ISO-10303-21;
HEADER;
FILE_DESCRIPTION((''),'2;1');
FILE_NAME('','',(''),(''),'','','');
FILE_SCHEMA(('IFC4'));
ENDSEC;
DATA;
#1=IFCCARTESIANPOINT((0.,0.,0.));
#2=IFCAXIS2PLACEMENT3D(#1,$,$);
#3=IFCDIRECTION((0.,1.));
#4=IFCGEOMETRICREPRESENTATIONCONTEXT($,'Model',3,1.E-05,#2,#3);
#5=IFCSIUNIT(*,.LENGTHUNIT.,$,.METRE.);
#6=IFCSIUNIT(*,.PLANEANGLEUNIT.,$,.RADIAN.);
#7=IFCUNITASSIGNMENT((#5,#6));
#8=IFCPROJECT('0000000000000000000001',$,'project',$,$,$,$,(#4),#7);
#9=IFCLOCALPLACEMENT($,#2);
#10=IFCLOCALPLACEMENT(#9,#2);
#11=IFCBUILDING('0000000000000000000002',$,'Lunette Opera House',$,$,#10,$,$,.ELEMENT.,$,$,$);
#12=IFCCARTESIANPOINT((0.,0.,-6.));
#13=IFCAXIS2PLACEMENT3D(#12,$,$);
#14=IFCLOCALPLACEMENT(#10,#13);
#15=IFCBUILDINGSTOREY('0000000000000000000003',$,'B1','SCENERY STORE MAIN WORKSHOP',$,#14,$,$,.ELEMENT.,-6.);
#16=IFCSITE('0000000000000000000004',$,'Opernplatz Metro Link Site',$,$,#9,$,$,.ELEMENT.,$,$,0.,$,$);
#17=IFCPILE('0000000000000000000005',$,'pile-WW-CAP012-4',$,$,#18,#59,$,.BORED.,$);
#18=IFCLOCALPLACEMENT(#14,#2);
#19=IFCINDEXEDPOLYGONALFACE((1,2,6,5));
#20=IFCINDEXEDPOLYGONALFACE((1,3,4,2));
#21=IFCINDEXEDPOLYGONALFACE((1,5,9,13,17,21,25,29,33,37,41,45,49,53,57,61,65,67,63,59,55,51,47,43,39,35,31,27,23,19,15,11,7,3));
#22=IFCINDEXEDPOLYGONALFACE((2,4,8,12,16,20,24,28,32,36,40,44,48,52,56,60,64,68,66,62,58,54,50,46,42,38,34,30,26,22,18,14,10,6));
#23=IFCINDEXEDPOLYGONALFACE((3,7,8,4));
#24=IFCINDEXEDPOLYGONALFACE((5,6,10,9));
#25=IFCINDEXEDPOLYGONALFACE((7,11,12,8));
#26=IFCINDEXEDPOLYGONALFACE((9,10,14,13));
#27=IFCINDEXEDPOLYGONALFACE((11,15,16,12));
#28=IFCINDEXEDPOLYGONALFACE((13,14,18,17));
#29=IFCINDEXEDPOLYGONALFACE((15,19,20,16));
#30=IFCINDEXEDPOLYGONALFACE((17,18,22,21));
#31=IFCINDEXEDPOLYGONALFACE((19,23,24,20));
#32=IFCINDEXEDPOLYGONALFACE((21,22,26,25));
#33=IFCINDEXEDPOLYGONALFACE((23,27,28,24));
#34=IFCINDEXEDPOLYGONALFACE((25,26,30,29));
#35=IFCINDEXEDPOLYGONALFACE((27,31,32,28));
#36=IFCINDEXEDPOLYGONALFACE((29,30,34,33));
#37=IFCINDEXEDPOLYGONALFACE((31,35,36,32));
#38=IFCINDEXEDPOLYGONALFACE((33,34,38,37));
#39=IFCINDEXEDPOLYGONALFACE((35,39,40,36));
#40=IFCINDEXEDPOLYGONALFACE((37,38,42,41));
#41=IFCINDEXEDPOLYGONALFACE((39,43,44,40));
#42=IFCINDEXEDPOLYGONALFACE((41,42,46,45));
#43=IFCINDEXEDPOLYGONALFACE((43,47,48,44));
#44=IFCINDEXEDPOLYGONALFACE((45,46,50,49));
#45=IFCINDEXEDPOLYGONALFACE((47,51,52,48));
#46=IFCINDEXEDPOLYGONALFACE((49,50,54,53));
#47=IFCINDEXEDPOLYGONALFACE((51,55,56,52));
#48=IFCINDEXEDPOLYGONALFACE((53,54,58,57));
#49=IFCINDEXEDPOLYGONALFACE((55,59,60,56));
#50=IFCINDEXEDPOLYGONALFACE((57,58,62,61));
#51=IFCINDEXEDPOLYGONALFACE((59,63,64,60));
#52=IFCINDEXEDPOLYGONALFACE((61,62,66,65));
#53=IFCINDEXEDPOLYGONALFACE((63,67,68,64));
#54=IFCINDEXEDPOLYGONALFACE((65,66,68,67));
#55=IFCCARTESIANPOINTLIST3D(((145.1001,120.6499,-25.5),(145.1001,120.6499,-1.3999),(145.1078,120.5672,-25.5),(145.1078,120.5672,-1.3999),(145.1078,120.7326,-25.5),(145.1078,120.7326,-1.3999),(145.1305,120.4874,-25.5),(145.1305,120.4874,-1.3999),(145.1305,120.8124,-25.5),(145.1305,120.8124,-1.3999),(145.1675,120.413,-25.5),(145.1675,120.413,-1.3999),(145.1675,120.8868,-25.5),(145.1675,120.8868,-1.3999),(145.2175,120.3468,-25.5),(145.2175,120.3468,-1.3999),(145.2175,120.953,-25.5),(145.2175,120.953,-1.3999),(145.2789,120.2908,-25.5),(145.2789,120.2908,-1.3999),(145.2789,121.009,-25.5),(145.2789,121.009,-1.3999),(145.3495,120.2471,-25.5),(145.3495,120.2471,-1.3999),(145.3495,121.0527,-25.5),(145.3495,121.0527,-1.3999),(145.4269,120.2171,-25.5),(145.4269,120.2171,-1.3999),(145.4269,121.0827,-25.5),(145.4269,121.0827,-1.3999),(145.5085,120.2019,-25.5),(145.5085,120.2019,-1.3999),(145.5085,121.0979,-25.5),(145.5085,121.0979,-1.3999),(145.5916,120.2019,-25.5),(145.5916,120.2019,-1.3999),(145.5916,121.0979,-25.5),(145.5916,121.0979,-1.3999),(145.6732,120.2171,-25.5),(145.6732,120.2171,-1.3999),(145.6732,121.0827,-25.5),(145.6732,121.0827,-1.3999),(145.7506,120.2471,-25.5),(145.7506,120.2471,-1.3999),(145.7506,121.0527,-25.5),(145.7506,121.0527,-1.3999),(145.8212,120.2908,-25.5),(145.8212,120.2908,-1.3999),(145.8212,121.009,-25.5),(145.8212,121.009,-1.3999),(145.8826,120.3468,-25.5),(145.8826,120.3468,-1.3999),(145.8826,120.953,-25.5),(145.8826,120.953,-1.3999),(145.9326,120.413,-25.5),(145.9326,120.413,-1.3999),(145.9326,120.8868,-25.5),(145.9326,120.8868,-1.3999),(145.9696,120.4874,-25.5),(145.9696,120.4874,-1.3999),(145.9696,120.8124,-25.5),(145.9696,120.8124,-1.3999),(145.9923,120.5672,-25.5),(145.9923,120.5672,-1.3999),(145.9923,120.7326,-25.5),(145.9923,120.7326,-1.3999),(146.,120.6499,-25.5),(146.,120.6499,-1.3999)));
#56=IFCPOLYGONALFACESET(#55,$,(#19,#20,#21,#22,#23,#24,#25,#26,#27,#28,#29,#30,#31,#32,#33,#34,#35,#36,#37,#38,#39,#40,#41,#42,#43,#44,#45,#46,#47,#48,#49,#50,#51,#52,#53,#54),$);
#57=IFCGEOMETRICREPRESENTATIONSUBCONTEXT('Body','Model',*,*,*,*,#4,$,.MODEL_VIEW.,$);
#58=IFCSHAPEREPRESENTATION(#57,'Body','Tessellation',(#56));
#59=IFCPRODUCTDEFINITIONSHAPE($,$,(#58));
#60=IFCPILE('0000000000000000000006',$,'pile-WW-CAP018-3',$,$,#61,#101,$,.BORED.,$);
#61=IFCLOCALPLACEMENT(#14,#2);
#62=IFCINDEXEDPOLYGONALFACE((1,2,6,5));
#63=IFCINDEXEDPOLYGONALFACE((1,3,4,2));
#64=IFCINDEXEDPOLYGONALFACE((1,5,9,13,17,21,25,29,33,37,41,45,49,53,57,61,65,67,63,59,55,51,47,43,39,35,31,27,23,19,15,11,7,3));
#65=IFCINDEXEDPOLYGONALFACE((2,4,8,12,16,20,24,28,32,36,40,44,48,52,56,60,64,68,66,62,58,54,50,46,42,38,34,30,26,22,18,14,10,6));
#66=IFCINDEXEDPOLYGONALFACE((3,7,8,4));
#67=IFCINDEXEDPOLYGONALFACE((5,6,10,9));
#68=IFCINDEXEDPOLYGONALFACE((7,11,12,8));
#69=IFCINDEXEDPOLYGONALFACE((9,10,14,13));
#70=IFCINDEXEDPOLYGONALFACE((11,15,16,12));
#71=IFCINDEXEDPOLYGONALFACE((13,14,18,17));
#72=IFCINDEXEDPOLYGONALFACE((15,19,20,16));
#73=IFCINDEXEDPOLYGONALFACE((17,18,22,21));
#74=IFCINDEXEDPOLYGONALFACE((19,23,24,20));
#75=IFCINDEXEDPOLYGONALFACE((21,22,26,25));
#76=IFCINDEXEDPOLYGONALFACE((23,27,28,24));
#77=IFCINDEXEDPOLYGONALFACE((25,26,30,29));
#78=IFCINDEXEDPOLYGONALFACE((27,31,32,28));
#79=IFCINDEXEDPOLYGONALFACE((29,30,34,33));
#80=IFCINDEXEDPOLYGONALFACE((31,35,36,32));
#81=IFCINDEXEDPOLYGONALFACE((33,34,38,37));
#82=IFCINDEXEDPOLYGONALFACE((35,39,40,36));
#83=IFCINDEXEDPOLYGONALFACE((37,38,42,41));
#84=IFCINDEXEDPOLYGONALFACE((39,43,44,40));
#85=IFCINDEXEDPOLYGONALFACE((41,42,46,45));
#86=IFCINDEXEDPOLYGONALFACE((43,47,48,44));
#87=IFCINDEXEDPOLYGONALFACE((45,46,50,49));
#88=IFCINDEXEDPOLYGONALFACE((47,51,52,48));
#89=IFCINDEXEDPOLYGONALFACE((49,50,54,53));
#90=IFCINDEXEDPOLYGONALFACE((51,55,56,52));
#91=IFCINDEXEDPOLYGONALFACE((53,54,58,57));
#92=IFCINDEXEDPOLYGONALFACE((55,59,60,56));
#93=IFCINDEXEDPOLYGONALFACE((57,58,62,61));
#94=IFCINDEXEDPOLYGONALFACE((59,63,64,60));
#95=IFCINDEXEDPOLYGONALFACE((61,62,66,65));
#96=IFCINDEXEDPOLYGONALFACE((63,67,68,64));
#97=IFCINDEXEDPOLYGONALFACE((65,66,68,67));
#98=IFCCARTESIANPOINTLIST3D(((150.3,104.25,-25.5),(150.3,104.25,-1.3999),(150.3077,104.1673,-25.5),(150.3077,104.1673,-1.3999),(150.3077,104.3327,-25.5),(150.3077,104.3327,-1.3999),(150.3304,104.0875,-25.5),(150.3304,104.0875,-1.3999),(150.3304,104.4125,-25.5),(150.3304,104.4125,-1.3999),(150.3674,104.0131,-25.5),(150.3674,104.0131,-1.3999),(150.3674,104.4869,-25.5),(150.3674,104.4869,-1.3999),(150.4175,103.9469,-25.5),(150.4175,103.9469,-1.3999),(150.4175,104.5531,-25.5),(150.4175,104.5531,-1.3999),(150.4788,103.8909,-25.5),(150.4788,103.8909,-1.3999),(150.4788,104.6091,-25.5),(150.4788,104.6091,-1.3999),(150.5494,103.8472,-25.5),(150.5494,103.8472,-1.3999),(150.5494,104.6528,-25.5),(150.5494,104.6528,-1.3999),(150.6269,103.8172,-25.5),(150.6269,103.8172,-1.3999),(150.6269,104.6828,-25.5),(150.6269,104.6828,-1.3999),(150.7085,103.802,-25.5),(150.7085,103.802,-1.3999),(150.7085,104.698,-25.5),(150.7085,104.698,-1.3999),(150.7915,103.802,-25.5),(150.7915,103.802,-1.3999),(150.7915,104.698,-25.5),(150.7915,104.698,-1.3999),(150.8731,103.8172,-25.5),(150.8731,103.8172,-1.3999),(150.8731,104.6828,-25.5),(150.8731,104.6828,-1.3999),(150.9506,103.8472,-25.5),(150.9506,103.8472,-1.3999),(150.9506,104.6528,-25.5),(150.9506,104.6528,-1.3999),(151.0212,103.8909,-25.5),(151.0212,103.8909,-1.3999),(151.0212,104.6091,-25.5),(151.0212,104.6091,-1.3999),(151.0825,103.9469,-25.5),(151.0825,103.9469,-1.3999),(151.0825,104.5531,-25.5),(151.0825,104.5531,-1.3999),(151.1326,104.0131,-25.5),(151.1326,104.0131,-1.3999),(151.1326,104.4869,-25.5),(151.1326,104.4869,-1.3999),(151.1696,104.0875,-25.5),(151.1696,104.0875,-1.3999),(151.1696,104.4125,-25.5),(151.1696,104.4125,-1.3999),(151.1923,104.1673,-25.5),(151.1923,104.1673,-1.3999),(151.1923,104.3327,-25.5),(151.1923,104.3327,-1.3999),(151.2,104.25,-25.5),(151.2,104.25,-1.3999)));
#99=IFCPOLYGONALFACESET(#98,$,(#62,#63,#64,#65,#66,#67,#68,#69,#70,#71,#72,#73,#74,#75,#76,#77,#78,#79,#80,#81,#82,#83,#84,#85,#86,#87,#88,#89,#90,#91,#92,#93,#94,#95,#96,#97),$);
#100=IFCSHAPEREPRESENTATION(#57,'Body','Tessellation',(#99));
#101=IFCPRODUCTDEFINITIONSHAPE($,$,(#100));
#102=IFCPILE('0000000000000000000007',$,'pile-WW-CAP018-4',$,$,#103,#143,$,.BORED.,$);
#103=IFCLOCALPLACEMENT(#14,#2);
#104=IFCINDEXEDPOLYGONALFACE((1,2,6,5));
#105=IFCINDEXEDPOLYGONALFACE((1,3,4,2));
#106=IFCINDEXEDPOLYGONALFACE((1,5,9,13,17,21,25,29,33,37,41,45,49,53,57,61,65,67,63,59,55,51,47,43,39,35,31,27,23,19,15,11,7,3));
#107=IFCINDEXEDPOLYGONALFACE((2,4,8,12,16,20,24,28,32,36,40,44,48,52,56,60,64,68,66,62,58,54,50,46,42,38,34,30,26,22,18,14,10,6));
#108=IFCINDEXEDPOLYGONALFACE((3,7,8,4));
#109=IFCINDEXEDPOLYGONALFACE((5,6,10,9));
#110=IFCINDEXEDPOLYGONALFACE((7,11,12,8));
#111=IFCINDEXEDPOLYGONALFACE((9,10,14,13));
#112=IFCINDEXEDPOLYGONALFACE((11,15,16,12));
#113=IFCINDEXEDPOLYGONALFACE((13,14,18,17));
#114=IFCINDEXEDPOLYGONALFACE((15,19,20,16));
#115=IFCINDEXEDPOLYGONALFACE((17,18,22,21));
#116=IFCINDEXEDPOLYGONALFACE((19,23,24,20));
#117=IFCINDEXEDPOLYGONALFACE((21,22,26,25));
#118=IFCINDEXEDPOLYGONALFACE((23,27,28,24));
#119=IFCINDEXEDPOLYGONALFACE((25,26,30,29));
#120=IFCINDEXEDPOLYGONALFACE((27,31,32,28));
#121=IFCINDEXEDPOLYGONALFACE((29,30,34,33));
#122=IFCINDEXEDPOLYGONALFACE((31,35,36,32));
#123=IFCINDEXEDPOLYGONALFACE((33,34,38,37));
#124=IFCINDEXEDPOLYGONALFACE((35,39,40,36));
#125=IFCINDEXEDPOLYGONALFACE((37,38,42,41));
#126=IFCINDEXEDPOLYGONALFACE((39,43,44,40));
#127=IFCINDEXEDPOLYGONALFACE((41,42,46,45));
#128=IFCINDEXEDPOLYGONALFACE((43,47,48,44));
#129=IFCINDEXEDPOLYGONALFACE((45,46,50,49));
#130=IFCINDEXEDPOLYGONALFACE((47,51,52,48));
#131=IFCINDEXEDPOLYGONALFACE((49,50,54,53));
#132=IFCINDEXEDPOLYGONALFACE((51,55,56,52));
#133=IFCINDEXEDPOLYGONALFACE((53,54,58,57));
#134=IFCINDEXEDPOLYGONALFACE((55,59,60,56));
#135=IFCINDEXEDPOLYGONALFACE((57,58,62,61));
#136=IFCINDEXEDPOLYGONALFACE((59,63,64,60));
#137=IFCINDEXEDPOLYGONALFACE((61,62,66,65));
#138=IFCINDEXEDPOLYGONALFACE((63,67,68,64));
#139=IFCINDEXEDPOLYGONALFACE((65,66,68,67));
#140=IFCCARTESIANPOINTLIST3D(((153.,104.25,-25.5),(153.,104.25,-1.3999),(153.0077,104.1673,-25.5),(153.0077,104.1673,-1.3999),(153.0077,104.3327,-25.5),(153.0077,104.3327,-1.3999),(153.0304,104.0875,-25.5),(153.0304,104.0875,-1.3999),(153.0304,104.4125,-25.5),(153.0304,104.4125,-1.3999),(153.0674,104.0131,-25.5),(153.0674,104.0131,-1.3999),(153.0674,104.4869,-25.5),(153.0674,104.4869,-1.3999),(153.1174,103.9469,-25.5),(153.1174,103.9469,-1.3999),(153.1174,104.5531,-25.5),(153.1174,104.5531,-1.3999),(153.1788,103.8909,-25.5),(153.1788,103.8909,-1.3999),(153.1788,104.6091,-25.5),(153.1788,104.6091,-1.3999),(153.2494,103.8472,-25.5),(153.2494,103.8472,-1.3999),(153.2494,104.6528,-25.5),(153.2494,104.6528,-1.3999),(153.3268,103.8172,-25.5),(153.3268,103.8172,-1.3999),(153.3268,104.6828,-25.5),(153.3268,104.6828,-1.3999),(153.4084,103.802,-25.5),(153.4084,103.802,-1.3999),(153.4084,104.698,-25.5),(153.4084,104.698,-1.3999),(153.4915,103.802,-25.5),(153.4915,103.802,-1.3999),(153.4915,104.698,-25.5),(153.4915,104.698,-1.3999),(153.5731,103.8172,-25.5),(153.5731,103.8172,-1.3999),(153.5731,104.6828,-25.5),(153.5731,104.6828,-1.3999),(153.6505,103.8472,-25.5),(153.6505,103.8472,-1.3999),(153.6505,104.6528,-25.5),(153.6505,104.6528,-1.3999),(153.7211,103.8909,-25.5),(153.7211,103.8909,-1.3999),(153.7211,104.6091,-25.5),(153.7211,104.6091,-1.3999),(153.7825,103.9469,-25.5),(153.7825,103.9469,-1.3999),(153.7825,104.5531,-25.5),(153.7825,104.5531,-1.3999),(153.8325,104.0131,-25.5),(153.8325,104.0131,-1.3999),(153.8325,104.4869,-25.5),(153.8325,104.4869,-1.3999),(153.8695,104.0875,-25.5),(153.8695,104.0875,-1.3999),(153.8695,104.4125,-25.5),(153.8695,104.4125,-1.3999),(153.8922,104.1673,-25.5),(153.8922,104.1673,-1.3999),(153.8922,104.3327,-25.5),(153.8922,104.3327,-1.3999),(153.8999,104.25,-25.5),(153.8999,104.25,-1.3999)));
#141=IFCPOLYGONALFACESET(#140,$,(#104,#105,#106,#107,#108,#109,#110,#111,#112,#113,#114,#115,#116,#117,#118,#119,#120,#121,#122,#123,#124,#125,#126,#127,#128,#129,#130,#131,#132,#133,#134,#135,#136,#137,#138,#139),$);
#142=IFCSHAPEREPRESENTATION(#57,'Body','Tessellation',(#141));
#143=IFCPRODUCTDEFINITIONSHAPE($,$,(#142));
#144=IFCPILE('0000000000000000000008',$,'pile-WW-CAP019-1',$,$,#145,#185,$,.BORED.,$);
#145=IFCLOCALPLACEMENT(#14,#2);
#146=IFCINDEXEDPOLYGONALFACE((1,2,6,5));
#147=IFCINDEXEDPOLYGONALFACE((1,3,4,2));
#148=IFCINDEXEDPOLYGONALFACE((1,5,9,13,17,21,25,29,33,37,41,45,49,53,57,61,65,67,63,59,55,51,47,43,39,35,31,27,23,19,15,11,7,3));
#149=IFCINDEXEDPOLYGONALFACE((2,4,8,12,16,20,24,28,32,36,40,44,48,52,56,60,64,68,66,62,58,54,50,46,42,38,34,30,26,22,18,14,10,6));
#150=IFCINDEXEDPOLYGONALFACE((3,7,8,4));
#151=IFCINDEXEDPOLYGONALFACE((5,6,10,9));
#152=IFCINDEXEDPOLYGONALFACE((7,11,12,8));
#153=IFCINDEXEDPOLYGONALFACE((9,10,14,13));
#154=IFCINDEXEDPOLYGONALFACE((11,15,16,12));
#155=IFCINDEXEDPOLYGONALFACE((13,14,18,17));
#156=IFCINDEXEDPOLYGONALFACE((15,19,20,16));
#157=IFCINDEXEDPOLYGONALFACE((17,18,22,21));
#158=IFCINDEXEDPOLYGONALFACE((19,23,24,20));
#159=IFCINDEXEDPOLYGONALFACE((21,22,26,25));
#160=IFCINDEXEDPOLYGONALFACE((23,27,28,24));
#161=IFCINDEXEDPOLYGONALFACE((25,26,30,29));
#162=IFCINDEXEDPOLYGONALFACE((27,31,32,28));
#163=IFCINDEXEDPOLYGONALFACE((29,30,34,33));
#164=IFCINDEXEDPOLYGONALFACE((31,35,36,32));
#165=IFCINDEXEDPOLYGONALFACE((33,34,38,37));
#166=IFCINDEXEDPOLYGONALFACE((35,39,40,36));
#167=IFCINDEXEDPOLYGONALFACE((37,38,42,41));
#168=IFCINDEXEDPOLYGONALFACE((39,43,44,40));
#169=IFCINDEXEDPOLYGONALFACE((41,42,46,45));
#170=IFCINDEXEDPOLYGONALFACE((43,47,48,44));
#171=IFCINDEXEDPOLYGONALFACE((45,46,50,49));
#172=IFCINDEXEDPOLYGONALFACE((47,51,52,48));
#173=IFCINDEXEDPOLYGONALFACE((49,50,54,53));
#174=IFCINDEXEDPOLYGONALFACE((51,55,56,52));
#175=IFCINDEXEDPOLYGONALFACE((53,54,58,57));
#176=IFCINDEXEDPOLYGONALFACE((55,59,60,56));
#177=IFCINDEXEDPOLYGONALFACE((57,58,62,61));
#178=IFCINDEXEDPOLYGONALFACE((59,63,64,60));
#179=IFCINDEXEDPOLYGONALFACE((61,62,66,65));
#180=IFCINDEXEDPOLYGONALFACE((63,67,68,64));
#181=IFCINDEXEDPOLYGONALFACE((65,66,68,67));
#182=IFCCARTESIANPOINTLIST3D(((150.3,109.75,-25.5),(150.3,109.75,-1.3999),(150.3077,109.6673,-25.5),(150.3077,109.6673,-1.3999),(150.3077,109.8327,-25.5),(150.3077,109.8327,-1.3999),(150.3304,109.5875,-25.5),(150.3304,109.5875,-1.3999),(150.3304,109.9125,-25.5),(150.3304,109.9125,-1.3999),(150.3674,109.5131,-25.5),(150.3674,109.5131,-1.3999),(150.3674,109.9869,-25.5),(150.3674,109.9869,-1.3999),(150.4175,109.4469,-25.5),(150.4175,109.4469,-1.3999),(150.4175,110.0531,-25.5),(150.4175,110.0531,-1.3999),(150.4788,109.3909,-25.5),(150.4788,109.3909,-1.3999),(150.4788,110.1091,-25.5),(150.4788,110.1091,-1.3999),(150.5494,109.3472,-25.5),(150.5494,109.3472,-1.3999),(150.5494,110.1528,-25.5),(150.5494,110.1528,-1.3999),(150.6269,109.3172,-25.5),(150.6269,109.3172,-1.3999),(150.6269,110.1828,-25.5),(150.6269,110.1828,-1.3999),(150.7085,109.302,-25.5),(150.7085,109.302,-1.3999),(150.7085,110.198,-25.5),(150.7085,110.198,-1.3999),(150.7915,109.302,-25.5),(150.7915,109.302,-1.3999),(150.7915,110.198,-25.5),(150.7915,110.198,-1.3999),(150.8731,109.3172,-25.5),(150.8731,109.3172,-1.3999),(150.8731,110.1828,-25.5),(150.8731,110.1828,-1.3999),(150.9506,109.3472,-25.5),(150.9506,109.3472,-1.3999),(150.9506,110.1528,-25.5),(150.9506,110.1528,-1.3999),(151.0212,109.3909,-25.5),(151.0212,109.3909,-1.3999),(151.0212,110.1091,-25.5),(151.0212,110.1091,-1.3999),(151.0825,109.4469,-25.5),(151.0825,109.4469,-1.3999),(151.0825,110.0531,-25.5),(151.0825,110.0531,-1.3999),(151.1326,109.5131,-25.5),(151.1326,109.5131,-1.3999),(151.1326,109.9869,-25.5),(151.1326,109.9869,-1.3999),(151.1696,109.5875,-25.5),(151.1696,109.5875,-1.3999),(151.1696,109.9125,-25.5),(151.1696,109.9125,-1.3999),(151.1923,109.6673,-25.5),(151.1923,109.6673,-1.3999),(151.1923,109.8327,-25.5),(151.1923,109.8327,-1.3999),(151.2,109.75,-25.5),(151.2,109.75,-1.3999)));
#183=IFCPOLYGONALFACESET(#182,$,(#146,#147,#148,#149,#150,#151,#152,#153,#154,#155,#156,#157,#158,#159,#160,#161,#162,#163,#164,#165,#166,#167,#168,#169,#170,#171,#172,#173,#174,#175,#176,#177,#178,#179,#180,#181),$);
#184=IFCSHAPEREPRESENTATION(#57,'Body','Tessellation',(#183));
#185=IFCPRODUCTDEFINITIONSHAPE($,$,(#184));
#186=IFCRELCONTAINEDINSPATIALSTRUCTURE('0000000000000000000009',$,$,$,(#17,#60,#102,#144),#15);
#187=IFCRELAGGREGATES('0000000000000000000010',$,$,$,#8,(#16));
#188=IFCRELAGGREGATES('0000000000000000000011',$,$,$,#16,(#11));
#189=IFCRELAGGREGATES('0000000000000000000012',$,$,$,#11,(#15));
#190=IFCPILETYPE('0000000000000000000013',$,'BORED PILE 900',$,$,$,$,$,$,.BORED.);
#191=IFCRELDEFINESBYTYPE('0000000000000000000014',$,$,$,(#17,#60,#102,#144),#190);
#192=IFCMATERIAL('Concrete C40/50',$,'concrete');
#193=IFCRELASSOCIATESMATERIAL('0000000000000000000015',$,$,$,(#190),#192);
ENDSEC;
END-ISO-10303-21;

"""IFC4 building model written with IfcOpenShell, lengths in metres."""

from ifc_helpers import new_model, si_unit, direction, frame, origin, origin_2d, place, context, subcontext, project, spatial, circle, extrude, material, material_profile, profile_set, type_object, element, save


model = new_model("IFC4")

# Units and contexts
model_context = context("Model", 3, precision=1e-05, world=origin(), true_north=direction((0.0, 1.0)))
body_context = subcontext(model_context, "Body", "Model", "MODEL_VIEW")
ifc_project = project(units=[si_unit("LENGTHUNIT", "METRE"), si_unit("PLANEANGLEUNIT", "RADIAN")], contexts=[model_context])

# Site, building, storey
site_placement = place(None, origin())
site = spatial("IfcSite", under=ifc_project, at=site_placement, Name="Opernplatz Metro Link Site", CompositionType="ELEMENT", RefElevation=0.0)
building_placement = place(site_placement, origin())
building = spatial("IfcBuilding", under=site, at=building_placement, Name="Lunette Opera House", CompositionType="ELEMENT")
storey_placement = place(building_placement, frame((0.0, 0.0, -6.0)))
storey = spatial("IfcBuildingStorey", under=building, at=storey_placement, Name="B1", Description="SCENERY STORE MAIN WORKSHOP", CompositionType="ELEMENT", Elevation=-6.0)

# Piles
ifc_material_1 = material(Name="Concrete C40/50", Category="concrete")
ifc_material_profile_1 = material_profile(ifc_material_1, circle(Radius=0.45, at=origin_2d()), Name="BORED PILE 900")
ifc_profile_set_1 = profile_set([ifc_material_profile_1], Name="Concrete C40/50")
pile_type = type_object("IfcPileType", Name="BORED PILE 900", PredefinedType="BORED", material=ifc_profile_set_1)
for number, where, z_axis, x_axis, name in (
    (1, (145.55, 120.6499, -1.3999), (0.0, 0.0, -1.0), (1.0, 0.0, 0.0), "pile-WW-CAP012-4"),
    (2, (150.75, 104.25, -1.3999), (0.0, 0.0, -1.0), (1.0, 0.0, 0.0), "pile-WW-CAP018-3"),
    (3, (153.45, 104.25, -1.3999), (0.0, 0.0, -1.0), (1.0, 0.0, 0.0), "pile-WW-CAP018-4"),
    (4, (150.75, 109.75, -1.3999), (0.0, 0.0, -1.0), (1.0, 0.0, 0.0), "pile-WW-CAP019-1"),
):
    element("IfcPile", number, at=place(storey_placement, frame(where, z_axis=z_axis, x_axis=x_axis)), inside=storey, type_object=pile_type, Name=name, PredefinedType="BORED", context=body_context, shape_type="SweptSolid", body=[
        extrude(circle(Radius=0.45, at=origin_2d()), origin(), (0.0, 0.0, 1.0), 24.1001),
    ])

save(model, "model.ifc")
